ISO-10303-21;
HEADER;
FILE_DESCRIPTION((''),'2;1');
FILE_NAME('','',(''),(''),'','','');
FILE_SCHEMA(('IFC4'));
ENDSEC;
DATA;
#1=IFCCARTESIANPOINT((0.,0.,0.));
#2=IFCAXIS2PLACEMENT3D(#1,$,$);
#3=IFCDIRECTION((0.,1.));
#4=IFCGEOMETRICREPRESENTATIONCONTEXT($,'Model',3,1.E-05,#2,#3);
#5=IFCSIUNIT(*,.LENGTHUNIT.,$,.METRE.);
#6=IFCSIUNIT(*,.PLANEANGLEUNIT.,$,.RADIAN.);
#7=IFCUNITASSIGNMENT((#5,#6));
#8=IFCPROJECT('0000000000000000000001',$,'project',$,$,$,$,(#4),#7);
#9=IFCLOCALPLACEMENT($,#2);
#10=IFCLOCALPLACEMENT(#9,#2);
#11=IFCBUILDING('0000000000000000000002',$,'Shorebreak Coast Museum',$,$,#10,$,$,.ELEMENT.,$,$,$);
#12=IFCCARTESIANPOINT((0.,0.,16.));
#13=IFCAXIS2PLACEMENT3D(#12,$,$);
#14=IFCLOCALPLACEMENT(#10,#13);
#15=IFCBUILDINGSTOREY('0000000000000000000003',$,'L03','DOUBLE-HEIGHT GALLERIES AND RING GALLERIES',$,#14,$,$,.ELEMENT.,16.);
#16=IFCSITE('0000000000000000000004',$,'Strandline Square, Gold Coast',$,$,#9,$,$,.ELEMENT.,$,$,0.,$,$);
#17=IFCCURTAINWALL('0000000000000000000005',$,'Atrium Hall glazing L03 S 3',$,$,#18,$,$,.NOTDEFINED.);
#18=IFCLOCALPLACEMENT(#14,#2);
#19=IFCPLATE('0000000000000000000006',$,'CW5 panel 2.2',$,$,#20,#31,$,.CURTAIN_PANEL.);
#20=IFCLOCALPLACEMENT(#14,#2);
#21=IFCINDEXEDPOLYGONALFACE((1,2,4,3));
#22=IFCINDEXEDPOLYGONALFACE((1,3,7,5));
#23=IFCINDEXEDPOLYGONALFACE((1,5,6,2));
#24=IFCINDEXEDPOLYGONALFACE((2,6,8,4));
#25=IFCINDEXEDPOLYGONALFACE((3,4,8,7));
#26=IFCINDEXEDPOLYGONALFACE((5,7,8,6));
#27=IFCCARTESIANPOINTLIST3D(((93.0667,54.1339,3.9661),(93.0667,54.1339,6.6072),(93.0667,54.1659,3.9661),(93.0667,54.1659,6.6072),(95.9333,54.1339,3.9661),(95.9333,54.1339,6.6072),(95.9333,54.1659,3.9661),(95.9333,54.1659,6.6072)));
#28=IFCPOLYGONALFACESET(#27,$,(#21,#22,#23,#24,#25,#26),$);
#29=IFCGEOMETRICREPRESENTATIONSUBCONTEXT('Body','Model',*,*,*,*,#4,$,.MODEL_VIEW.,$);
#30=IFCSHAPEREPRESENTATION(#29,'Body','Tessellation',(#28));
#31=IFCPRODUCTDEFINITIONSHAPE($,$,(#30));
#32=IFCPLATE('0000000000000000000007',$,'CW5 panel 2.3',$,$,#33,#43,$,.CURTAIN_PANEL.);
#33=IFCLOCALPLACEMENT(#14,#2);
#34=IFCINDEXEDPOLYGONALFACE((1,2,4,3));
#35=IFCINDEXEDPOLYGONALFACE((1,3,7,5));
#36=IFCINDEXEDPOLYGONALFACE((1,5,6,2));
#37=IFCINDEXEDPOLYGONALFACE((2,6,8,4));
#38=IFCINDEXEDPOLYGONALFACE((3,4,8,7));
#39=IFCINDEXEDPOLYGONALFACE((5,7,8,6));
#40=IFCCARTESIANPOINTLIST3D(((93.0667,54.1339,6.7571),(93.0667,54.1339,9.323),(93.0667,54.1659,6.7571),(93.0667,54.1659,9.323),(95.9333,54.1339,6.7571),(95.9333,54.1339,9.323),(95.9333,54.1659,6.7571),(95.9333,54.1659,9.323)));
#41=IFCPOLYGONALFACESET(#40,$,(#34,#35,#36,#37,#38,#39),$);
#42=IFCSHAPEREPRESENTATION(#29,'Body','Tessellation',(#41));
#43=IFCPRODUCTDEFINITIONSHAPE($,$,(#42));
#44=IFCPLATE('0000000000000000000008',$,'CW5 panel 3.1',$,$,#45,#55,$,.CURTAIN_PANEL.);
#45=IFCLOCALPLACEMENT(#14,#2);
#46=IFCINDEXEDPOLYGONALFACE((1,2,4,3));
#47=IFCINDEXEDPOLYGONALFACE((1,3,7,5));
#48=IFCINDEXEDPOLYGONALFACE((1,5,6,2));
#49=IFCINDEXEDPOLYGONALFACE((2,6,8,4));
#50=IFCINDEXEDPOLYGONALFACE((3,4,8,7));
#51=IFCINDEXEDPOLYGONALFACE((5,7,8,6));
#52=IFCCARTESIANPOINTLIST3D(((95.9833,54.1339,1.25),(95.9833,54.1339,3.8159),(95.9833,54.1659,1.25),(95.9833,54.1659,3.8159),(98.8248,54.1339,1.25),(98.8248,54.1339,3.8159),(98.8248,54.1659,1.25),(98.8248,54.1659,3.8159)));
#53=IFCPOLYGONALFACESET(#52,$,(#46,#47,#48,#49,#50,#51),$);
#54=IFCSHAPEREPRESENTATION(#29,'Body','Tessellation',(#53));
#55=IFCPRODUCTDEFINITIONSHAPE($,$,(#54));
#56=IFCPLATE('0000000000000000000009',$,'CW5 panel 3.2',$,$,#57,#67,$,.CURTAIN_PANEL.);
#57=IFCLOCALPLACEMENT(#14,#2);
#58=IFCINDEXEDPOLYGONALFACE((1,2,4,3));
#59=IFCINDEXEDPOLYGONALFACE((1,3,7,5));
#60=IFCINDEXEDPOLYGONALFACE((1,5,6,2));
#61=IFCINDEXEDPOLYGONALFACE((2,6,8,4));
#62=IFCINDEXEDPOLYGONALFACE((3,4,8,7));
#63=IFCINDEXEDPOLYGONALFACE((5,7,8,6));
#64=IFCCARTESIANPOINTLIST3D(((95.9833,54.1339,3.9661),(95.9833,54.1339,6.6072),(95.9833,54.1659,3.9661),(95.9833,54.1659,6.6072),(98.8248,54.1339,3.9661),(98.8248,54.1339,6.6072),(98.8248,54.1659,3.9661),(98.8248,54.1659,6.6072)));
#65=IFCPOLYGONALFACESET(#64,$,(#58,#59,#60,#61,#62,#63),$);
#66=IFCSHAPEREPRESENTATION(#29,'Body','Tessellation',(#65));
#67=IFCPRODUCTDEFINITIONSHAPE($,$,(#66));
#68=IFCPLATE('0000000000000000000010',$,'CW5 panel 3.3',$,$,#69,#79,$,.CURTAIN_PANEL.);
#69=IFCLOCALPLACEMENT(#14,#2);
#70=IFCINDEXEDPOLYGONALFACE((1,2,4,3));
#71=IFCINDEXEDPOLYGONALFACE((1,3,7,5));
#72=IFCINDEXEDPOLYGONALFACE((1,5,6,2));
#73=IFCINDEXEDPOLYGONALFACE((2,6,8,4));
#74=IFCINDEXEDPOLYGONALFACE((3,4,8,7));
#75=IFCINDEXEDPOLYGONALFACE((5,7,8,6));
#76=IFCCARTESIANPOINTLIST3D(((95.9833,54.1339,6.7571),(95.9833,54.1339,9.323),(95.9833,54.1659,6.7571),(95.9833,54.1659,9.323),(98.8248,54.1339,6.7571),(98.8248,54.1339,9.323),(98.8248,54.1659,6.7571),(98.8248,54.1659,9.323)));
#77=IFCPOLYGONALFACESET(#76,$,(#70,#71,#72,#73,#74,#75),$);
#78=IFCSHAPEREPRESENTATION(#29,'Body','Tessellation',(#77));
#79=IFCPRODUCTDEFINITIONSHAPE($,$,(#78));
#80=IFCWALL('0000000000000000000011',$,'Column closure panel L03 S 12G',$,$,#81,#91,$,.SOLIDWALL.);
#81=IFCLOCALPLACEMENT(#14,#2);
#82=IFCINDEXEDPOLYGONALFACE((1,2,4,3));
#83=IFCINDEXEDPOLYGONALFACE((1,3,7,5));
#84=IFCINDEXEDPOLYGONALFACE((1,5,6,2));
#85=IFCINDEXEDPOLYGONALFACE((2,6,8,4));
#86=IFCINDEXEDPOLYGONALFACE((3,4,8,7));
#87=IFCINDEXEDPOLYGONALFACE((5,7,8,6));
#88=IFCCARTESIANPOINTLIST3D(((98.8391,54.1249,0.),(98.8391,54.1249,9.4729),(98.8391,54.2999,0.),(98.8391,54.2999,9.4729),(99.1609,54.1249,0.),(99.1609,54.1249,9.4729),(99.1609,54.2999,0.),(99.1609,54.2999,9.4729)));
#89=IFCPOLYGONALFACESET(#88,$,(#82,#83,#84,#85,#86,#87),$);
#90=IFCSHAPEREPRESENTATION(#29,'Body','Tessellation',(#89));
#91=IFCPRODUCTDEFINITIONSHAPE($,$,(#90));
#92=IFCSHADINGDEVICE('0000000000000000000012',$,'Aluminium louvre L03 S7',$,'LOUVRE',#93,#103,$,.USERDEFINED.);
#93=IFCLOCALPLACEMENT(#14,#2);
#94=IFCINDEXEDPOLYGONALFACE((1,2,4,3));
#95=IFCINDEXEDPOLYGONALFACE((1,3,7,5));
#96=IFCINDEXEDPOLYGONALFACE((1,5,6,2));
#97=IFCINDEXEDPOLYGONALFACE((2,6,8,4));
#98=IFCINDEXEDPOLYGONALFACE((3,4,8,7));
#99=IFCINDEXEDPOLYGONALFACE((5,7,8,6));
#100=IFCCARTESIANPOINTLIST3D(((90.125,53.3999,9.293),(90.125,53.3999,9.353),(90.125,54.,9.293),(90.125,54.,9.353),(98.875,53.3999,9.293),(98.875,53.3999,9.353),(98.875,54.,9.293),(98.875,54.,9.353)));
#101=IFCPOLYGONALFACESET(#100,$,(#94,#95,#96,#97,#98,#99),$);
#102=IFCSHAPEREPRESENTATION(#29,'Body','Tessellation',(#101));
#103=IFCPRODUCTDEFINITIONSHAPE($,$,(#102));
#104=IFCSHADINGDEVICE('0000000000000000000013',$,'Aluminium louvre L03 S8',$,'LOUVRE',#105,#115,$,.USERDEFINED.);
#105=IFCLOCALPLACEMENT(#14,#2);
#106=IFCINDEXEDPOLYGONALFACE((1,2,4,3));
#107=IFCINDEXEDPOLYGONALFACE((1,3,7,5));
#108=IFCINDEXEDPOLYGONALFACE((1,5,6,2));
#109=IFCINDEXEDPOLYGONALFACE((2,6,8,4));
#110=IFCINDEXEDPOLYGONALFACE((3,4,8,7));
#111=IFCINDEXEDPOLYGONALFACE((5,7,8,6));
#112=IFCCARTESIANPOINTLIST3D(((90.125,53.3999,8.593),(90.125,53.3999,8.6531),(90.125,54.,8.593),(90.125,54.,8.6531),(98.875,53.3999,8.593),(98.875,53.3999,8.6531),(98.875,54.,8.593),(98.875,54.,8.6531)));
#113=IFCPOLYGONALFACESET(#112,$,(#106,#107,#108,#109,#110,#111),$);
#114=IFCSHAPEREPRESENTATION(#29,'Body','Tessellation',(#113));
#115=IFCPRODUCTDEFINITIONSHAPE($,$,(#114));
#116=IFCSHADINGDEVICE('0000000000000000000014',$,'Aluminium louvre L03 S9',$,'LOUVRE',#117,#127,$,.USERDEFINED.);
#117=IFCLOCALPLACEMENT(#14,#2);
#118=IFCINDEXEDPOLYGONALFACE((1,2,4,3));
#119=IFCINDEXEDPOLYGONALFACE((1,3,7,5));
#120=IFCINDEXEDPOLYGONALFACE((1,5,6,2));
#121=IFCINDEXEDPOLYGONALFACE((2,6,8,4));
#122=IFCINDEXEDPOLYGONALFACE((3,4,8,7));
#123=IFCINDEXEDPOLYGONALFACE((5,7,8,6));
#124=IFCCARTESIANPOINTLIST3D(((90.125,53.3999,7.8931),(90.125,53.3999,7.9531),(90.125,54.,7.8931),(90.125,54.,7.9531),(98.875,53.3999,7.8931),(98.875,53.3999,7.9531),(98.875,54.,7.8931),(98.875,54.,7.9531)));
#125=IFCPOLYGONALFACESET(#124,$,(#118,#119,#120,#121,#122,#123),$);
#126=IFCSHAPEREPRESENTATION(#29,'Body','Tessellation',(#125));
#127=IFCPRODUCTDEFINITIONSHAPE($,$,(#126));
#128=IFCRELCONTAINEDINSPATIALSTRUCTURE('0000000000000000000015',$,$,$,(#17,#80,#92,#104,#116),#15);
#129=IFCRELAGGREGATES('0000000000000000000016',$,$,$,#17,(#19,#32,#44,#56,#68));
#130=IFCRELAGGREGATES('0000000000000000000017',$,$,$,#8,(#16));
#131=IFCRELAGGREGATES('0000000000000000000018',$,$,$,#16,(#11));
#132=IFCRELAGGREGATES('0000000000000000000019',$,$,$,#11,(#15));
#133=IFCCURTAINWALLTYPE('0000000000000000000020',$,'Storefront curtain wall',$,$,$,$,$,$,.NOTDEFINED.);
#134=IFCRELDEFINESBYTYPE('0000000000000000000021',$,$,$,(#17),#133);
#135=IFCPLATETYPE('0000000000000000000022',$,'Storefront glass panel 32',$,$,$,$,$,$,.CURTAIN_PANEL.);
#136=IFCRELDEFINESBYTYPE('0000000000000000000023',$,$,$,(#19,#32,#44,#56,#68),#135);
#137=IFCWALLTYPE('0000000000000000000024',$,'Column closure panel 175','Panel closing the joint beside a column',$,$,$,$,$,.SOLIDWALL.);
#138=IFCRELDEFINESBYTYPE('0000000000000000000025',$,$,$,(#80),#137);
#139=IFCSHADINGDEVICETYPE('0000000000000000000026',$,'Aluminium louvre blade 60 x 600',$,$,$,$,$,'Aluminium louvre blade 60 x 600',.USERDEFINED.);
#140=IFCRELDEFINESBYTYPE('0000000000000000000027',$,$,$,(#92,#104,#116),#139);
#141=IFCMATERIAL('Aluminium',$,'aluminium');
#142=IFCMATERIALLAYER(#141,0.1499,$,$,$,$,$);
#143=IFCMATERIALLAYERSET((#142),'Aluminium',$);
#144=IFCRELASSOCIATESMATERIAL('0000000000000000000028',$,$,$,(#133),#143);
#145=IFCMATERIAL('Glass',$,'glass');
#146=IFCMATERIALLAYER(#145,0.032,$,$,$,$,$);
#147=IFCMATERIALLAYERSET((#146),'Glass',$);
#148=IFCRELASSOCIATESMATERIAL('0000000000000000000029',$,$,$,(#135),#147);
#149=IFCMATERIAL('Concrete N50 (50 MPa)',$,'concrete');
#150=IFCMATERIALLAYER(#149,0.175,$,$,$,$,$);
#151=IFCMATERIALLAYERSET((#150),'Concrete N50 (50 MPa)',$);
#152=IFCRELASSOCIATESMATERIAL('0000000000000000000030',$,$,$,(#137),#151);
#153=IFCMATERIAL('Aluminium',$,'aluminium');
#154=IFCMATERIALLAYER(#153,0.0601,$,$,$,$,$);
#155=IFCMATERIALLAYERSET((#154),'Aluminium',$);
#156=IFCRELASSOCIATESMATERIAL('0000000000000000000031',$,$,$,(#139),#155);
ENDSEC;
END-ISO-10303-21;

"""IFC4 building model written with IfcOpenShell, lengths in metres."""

from ifc_helpers import new_model, si_unit, direction, frame, frame_2d, origin, origin_2d, place, context, subcontext, project, spatial, rectangle, extrude, material, layer, layer_set, type_object, element, aggregate, save


model = new_model("IFC4")

# Units and contexts
model_context = context("Model", 3, precision=1e-05, world=origin(), true_north=direction((0.0, 1.0)))
body_context = subcontext(model_context, "Body", "Model", "MODEL_VIEW")
ifc_project = project(units=[si_unit("LENGTHUNIT", "METRE"), si_unit("PLANEANGLEUNIT", "RADIAN")], contexts=[model_context])

# Site, building, storey
site_placement = place(None, origin())
site = spatial("IfcSite", under=ifc_project, at=site_placement, Name="Strandline Square, Gold Coast", CompositionType="ELEMENT", RefElevation=0.0)
building_placement = place(site_placement, origin())
building = spatial("IfcBuilding", under=site, at=building_placement, Name="Shorebreak Coast Museum", CompositionType="ELEMENT")
storey_placement = place(building_placement, frame((0.0, 0.0, 16.0)))
storey = spatial("IfcBuildingStorey", under=building, at=storey_placement, Name="L03", Description="DOUBLE-HEIGHT GALLERIES AND RING GALLERIES", CompositionType="ELEMENT", Elevation=16.0)

# Curtain wall, plates
ifc_material_1 = material(Name="Aluminium", Category="aluminium")
ifc_layer_1 = layer(ifc_material_1, 0.1499)
ifc_layer_set_1 = layer_set([ifc_layer_1], Name="Aluminium")
curtain_wall_type = type_object("IfcCurtainWallType", Name="Storefront curtain wall", PredefinedType="NOTDEFINED", material=ifc_layer_set_1)
curtain_wall_placement = place(storey_placement, origin())
curtain_wall = element("IfcCurtainWall", 1, at=curtain_wall_placement, inside=storey, type_object=curtain_wall_type, Name="Atrium Hall glazing L03 S 3", PredefinedType="NOTDEFINED")
ifc_material_2 = material(Name="Glass", Category="glass")
ifc_layer_2 = layer(ifc_material_2, 0.032)
ifc_layer_set_2 = layer_set([ifc_layer_2], Name="Glass")
plate_type = type_object("IfcPlateType", Name="Storefront glass panel 32", PredefinedType="CURTAIN_PANEL", material=ifc_layer_set_2)
plate_1_placement = place(storey_placement, frame((94.5, 54.1499, 3.9661), z_axis=(0.0, 0.0, 1.0), x_axis=(1.0, 0.0, 0.0)))
plate_1 = element("IfcPlate", 2, at=plate_1_placement, type_object=plate_type, Name="CW5 panel 2.2", PredefinedType="CURTAIN_PANEL", context=body_context, shape_type="SweptSolid", body=[
    extrude(rectangle(XDim=2.8667, YDim=0.032, at=origin_2d()), origin(), (0.0, 0.0, 1.0), 2.6411),
])
plate_2_placement = place(storey_placement, frame((94.5, 54.1499, 6.7571), z_axis=(0.0, 0.0, 1.0), x_axis=(1.0, 0.0, 0.0)))
plate_2 = element("IfcPlate", 3, at=plate_2_placement, type_object=plate_type, Name="CW5 panel 2.3", PredefinedType="CURTAIN_PANEL", context=body_context, shape_type="SweptSolid", body=[
    extrude(rectangle(XDim=2.8667, YDim=0.032, at=origin_2d()), origin(), (0.0, 0.0, 1.0), 2.5659),
])
plate_3_placement = place(storey_placement, frame((97.4041, 54.1499, 1.25), z_axis=(0.0, 0.0, 1.0), x_axis=(1.0, 0.0, 0.0)))
plate_3 = element("IfcPlate", 4, at=plate_3_placement, type_object=plate_type, Name="CW5 panel 3.1", PredefinedType="CURTAIN_PANEL", context=body_context, shape_type="SweptSolid", body=[
    extrude(rectangle(XDim=2.8416, YDim=0.032, at=origin_2d()), origin(), (0.0, 0.0, 1.0), 2.5659),
])
plate_4_placement = place(storey_placement, frame((97.4041, 54.1499, 3.9661), z_axis=(0.0, 0.0, 1.0), x_axis=(1.0, 0.0, 0.0)))
plate_4 = element("IfcPlate", 5, at=plate_4_placement, type_object=plate_type, Name="CW5 panel 3.2", PredefinedType="CURTAIN_PANEL", context=body_context, shape_type="SweptSolid", body=[
    extrude(rectangle(XDim=2.8416, YDim=0.032, at=origin_2d()), origin(), (0.0, 0.0, 1.0), 2.6411),
])
plate_5_placement = place(storey_placement, frame((97.4041, 54.1499, 6.7571), z_axis=(0.0, 0.0, 1.0), x_axis=(1.0, 0.0, 0.0)))
plate_5 = element("IfcPlate", 6, at=plate_5_placement, type_object=plate_type, Name="CW5 panel 3.3", PredefinedType="CURTAIN_PANEL", context=body_context, shape_type="SweptSolid", body=[
    extrude(rectangle(XDim=2.8416, YDim=0.032, at=origin_2d()), origin(), (0.0, 0.0, 1.0), 2.5659),
])
aggregate(curtain_wall, [plate_1, plate_2, plate_3, plate_4, plate_5])

# Wall
ifc_material_3 = material(Name="Concrete N50 (50 MPa)", Category="concrete")
ifc_layer_3 = layer(ifc_material_3, 0.175)
ifc_layer_set_3 = layer_set([ifc_layer_3], Name="Concrete N50 (50 MPa)")
wall_type = type_object("IfcWallType", Name="Column closure panel 175", Description="Panel closing the joint beside a column", PredefinedType="SOLIDWALL", material=ifc_layer_set_3)
wall_placement = place(storey_placement, frame((98.8391, 54.2124, 0.0), z_axis=(0.0, 0.0, 1.0), x_axis=(1.0, 0.0, 0.0)))
element("IfcWall", 7, at=wall_placement, inside=storey, type_object=wall_type, Name="Column closure panel L03 S 12G", PredefinedType="SOLIDWALL", context=body_context, shape_type="SweptSolid", body=[
    extrude(rectangle(XDim=0.3218, YDim=0.175, at=frame_2d((0.1609, 0.0))), origin(), (0.0, 0.0, 1.0), 9.4729),
])

# Shading devices
ifc_material_4 = material(Name="Aluminium", Category="aluminium")
ifc_layer_4 = layer(ifc_material_4, 0.0601)
ifc_layer_set_4 = layer_set([ifc_layer_4], Name="Aluminium")
shading_device_type = type_object("IfcShadingDeviceType", Name="Aluminium louvre blade 60 x 600", ElementType="Aluminium louvre blade 60 x 600", PredefinedType="USERDEFINED", material=ifc_layer_set_4)
for number, where, z_axis, x_axis, name in (
    (8, (94.5, 53.7, 9.293), (0.0, 0.0, 1.0), (1.0, 0.0, 0.0), "Aluminium louvre L03 S7"),
    (9, (94.5, 53.7, 8.593), (0.0, 0.0, 1.0), (1.0, 0.0, 0.0), "Aluminium louvre L03 S8"),
    (10, (94.5, 53.7, 7.8931), (0.0, 0.0, 1.0), (1.0, 0.0, 0.0), "Aluminium louvre L03 S9"),
):
    element("IfcShadingDevice", number, at=place(storey_placement, frame(where, z_axis=z_axis, x_axis=x_axis)), inside=storey, type_object=shading_device_type, Name=name, ObjectType="LOUVRE", PredefinedType="USERDEFINED", context=body_context, shape_type="SweptSolid", body=[
        extrude(rectangle(XDim=8.75, YDim=0.6001, at=origin_2d()), origin(), (0.0, 0.0, 1.0), 0.0601),
    ])

save(model, "model.ifc")
